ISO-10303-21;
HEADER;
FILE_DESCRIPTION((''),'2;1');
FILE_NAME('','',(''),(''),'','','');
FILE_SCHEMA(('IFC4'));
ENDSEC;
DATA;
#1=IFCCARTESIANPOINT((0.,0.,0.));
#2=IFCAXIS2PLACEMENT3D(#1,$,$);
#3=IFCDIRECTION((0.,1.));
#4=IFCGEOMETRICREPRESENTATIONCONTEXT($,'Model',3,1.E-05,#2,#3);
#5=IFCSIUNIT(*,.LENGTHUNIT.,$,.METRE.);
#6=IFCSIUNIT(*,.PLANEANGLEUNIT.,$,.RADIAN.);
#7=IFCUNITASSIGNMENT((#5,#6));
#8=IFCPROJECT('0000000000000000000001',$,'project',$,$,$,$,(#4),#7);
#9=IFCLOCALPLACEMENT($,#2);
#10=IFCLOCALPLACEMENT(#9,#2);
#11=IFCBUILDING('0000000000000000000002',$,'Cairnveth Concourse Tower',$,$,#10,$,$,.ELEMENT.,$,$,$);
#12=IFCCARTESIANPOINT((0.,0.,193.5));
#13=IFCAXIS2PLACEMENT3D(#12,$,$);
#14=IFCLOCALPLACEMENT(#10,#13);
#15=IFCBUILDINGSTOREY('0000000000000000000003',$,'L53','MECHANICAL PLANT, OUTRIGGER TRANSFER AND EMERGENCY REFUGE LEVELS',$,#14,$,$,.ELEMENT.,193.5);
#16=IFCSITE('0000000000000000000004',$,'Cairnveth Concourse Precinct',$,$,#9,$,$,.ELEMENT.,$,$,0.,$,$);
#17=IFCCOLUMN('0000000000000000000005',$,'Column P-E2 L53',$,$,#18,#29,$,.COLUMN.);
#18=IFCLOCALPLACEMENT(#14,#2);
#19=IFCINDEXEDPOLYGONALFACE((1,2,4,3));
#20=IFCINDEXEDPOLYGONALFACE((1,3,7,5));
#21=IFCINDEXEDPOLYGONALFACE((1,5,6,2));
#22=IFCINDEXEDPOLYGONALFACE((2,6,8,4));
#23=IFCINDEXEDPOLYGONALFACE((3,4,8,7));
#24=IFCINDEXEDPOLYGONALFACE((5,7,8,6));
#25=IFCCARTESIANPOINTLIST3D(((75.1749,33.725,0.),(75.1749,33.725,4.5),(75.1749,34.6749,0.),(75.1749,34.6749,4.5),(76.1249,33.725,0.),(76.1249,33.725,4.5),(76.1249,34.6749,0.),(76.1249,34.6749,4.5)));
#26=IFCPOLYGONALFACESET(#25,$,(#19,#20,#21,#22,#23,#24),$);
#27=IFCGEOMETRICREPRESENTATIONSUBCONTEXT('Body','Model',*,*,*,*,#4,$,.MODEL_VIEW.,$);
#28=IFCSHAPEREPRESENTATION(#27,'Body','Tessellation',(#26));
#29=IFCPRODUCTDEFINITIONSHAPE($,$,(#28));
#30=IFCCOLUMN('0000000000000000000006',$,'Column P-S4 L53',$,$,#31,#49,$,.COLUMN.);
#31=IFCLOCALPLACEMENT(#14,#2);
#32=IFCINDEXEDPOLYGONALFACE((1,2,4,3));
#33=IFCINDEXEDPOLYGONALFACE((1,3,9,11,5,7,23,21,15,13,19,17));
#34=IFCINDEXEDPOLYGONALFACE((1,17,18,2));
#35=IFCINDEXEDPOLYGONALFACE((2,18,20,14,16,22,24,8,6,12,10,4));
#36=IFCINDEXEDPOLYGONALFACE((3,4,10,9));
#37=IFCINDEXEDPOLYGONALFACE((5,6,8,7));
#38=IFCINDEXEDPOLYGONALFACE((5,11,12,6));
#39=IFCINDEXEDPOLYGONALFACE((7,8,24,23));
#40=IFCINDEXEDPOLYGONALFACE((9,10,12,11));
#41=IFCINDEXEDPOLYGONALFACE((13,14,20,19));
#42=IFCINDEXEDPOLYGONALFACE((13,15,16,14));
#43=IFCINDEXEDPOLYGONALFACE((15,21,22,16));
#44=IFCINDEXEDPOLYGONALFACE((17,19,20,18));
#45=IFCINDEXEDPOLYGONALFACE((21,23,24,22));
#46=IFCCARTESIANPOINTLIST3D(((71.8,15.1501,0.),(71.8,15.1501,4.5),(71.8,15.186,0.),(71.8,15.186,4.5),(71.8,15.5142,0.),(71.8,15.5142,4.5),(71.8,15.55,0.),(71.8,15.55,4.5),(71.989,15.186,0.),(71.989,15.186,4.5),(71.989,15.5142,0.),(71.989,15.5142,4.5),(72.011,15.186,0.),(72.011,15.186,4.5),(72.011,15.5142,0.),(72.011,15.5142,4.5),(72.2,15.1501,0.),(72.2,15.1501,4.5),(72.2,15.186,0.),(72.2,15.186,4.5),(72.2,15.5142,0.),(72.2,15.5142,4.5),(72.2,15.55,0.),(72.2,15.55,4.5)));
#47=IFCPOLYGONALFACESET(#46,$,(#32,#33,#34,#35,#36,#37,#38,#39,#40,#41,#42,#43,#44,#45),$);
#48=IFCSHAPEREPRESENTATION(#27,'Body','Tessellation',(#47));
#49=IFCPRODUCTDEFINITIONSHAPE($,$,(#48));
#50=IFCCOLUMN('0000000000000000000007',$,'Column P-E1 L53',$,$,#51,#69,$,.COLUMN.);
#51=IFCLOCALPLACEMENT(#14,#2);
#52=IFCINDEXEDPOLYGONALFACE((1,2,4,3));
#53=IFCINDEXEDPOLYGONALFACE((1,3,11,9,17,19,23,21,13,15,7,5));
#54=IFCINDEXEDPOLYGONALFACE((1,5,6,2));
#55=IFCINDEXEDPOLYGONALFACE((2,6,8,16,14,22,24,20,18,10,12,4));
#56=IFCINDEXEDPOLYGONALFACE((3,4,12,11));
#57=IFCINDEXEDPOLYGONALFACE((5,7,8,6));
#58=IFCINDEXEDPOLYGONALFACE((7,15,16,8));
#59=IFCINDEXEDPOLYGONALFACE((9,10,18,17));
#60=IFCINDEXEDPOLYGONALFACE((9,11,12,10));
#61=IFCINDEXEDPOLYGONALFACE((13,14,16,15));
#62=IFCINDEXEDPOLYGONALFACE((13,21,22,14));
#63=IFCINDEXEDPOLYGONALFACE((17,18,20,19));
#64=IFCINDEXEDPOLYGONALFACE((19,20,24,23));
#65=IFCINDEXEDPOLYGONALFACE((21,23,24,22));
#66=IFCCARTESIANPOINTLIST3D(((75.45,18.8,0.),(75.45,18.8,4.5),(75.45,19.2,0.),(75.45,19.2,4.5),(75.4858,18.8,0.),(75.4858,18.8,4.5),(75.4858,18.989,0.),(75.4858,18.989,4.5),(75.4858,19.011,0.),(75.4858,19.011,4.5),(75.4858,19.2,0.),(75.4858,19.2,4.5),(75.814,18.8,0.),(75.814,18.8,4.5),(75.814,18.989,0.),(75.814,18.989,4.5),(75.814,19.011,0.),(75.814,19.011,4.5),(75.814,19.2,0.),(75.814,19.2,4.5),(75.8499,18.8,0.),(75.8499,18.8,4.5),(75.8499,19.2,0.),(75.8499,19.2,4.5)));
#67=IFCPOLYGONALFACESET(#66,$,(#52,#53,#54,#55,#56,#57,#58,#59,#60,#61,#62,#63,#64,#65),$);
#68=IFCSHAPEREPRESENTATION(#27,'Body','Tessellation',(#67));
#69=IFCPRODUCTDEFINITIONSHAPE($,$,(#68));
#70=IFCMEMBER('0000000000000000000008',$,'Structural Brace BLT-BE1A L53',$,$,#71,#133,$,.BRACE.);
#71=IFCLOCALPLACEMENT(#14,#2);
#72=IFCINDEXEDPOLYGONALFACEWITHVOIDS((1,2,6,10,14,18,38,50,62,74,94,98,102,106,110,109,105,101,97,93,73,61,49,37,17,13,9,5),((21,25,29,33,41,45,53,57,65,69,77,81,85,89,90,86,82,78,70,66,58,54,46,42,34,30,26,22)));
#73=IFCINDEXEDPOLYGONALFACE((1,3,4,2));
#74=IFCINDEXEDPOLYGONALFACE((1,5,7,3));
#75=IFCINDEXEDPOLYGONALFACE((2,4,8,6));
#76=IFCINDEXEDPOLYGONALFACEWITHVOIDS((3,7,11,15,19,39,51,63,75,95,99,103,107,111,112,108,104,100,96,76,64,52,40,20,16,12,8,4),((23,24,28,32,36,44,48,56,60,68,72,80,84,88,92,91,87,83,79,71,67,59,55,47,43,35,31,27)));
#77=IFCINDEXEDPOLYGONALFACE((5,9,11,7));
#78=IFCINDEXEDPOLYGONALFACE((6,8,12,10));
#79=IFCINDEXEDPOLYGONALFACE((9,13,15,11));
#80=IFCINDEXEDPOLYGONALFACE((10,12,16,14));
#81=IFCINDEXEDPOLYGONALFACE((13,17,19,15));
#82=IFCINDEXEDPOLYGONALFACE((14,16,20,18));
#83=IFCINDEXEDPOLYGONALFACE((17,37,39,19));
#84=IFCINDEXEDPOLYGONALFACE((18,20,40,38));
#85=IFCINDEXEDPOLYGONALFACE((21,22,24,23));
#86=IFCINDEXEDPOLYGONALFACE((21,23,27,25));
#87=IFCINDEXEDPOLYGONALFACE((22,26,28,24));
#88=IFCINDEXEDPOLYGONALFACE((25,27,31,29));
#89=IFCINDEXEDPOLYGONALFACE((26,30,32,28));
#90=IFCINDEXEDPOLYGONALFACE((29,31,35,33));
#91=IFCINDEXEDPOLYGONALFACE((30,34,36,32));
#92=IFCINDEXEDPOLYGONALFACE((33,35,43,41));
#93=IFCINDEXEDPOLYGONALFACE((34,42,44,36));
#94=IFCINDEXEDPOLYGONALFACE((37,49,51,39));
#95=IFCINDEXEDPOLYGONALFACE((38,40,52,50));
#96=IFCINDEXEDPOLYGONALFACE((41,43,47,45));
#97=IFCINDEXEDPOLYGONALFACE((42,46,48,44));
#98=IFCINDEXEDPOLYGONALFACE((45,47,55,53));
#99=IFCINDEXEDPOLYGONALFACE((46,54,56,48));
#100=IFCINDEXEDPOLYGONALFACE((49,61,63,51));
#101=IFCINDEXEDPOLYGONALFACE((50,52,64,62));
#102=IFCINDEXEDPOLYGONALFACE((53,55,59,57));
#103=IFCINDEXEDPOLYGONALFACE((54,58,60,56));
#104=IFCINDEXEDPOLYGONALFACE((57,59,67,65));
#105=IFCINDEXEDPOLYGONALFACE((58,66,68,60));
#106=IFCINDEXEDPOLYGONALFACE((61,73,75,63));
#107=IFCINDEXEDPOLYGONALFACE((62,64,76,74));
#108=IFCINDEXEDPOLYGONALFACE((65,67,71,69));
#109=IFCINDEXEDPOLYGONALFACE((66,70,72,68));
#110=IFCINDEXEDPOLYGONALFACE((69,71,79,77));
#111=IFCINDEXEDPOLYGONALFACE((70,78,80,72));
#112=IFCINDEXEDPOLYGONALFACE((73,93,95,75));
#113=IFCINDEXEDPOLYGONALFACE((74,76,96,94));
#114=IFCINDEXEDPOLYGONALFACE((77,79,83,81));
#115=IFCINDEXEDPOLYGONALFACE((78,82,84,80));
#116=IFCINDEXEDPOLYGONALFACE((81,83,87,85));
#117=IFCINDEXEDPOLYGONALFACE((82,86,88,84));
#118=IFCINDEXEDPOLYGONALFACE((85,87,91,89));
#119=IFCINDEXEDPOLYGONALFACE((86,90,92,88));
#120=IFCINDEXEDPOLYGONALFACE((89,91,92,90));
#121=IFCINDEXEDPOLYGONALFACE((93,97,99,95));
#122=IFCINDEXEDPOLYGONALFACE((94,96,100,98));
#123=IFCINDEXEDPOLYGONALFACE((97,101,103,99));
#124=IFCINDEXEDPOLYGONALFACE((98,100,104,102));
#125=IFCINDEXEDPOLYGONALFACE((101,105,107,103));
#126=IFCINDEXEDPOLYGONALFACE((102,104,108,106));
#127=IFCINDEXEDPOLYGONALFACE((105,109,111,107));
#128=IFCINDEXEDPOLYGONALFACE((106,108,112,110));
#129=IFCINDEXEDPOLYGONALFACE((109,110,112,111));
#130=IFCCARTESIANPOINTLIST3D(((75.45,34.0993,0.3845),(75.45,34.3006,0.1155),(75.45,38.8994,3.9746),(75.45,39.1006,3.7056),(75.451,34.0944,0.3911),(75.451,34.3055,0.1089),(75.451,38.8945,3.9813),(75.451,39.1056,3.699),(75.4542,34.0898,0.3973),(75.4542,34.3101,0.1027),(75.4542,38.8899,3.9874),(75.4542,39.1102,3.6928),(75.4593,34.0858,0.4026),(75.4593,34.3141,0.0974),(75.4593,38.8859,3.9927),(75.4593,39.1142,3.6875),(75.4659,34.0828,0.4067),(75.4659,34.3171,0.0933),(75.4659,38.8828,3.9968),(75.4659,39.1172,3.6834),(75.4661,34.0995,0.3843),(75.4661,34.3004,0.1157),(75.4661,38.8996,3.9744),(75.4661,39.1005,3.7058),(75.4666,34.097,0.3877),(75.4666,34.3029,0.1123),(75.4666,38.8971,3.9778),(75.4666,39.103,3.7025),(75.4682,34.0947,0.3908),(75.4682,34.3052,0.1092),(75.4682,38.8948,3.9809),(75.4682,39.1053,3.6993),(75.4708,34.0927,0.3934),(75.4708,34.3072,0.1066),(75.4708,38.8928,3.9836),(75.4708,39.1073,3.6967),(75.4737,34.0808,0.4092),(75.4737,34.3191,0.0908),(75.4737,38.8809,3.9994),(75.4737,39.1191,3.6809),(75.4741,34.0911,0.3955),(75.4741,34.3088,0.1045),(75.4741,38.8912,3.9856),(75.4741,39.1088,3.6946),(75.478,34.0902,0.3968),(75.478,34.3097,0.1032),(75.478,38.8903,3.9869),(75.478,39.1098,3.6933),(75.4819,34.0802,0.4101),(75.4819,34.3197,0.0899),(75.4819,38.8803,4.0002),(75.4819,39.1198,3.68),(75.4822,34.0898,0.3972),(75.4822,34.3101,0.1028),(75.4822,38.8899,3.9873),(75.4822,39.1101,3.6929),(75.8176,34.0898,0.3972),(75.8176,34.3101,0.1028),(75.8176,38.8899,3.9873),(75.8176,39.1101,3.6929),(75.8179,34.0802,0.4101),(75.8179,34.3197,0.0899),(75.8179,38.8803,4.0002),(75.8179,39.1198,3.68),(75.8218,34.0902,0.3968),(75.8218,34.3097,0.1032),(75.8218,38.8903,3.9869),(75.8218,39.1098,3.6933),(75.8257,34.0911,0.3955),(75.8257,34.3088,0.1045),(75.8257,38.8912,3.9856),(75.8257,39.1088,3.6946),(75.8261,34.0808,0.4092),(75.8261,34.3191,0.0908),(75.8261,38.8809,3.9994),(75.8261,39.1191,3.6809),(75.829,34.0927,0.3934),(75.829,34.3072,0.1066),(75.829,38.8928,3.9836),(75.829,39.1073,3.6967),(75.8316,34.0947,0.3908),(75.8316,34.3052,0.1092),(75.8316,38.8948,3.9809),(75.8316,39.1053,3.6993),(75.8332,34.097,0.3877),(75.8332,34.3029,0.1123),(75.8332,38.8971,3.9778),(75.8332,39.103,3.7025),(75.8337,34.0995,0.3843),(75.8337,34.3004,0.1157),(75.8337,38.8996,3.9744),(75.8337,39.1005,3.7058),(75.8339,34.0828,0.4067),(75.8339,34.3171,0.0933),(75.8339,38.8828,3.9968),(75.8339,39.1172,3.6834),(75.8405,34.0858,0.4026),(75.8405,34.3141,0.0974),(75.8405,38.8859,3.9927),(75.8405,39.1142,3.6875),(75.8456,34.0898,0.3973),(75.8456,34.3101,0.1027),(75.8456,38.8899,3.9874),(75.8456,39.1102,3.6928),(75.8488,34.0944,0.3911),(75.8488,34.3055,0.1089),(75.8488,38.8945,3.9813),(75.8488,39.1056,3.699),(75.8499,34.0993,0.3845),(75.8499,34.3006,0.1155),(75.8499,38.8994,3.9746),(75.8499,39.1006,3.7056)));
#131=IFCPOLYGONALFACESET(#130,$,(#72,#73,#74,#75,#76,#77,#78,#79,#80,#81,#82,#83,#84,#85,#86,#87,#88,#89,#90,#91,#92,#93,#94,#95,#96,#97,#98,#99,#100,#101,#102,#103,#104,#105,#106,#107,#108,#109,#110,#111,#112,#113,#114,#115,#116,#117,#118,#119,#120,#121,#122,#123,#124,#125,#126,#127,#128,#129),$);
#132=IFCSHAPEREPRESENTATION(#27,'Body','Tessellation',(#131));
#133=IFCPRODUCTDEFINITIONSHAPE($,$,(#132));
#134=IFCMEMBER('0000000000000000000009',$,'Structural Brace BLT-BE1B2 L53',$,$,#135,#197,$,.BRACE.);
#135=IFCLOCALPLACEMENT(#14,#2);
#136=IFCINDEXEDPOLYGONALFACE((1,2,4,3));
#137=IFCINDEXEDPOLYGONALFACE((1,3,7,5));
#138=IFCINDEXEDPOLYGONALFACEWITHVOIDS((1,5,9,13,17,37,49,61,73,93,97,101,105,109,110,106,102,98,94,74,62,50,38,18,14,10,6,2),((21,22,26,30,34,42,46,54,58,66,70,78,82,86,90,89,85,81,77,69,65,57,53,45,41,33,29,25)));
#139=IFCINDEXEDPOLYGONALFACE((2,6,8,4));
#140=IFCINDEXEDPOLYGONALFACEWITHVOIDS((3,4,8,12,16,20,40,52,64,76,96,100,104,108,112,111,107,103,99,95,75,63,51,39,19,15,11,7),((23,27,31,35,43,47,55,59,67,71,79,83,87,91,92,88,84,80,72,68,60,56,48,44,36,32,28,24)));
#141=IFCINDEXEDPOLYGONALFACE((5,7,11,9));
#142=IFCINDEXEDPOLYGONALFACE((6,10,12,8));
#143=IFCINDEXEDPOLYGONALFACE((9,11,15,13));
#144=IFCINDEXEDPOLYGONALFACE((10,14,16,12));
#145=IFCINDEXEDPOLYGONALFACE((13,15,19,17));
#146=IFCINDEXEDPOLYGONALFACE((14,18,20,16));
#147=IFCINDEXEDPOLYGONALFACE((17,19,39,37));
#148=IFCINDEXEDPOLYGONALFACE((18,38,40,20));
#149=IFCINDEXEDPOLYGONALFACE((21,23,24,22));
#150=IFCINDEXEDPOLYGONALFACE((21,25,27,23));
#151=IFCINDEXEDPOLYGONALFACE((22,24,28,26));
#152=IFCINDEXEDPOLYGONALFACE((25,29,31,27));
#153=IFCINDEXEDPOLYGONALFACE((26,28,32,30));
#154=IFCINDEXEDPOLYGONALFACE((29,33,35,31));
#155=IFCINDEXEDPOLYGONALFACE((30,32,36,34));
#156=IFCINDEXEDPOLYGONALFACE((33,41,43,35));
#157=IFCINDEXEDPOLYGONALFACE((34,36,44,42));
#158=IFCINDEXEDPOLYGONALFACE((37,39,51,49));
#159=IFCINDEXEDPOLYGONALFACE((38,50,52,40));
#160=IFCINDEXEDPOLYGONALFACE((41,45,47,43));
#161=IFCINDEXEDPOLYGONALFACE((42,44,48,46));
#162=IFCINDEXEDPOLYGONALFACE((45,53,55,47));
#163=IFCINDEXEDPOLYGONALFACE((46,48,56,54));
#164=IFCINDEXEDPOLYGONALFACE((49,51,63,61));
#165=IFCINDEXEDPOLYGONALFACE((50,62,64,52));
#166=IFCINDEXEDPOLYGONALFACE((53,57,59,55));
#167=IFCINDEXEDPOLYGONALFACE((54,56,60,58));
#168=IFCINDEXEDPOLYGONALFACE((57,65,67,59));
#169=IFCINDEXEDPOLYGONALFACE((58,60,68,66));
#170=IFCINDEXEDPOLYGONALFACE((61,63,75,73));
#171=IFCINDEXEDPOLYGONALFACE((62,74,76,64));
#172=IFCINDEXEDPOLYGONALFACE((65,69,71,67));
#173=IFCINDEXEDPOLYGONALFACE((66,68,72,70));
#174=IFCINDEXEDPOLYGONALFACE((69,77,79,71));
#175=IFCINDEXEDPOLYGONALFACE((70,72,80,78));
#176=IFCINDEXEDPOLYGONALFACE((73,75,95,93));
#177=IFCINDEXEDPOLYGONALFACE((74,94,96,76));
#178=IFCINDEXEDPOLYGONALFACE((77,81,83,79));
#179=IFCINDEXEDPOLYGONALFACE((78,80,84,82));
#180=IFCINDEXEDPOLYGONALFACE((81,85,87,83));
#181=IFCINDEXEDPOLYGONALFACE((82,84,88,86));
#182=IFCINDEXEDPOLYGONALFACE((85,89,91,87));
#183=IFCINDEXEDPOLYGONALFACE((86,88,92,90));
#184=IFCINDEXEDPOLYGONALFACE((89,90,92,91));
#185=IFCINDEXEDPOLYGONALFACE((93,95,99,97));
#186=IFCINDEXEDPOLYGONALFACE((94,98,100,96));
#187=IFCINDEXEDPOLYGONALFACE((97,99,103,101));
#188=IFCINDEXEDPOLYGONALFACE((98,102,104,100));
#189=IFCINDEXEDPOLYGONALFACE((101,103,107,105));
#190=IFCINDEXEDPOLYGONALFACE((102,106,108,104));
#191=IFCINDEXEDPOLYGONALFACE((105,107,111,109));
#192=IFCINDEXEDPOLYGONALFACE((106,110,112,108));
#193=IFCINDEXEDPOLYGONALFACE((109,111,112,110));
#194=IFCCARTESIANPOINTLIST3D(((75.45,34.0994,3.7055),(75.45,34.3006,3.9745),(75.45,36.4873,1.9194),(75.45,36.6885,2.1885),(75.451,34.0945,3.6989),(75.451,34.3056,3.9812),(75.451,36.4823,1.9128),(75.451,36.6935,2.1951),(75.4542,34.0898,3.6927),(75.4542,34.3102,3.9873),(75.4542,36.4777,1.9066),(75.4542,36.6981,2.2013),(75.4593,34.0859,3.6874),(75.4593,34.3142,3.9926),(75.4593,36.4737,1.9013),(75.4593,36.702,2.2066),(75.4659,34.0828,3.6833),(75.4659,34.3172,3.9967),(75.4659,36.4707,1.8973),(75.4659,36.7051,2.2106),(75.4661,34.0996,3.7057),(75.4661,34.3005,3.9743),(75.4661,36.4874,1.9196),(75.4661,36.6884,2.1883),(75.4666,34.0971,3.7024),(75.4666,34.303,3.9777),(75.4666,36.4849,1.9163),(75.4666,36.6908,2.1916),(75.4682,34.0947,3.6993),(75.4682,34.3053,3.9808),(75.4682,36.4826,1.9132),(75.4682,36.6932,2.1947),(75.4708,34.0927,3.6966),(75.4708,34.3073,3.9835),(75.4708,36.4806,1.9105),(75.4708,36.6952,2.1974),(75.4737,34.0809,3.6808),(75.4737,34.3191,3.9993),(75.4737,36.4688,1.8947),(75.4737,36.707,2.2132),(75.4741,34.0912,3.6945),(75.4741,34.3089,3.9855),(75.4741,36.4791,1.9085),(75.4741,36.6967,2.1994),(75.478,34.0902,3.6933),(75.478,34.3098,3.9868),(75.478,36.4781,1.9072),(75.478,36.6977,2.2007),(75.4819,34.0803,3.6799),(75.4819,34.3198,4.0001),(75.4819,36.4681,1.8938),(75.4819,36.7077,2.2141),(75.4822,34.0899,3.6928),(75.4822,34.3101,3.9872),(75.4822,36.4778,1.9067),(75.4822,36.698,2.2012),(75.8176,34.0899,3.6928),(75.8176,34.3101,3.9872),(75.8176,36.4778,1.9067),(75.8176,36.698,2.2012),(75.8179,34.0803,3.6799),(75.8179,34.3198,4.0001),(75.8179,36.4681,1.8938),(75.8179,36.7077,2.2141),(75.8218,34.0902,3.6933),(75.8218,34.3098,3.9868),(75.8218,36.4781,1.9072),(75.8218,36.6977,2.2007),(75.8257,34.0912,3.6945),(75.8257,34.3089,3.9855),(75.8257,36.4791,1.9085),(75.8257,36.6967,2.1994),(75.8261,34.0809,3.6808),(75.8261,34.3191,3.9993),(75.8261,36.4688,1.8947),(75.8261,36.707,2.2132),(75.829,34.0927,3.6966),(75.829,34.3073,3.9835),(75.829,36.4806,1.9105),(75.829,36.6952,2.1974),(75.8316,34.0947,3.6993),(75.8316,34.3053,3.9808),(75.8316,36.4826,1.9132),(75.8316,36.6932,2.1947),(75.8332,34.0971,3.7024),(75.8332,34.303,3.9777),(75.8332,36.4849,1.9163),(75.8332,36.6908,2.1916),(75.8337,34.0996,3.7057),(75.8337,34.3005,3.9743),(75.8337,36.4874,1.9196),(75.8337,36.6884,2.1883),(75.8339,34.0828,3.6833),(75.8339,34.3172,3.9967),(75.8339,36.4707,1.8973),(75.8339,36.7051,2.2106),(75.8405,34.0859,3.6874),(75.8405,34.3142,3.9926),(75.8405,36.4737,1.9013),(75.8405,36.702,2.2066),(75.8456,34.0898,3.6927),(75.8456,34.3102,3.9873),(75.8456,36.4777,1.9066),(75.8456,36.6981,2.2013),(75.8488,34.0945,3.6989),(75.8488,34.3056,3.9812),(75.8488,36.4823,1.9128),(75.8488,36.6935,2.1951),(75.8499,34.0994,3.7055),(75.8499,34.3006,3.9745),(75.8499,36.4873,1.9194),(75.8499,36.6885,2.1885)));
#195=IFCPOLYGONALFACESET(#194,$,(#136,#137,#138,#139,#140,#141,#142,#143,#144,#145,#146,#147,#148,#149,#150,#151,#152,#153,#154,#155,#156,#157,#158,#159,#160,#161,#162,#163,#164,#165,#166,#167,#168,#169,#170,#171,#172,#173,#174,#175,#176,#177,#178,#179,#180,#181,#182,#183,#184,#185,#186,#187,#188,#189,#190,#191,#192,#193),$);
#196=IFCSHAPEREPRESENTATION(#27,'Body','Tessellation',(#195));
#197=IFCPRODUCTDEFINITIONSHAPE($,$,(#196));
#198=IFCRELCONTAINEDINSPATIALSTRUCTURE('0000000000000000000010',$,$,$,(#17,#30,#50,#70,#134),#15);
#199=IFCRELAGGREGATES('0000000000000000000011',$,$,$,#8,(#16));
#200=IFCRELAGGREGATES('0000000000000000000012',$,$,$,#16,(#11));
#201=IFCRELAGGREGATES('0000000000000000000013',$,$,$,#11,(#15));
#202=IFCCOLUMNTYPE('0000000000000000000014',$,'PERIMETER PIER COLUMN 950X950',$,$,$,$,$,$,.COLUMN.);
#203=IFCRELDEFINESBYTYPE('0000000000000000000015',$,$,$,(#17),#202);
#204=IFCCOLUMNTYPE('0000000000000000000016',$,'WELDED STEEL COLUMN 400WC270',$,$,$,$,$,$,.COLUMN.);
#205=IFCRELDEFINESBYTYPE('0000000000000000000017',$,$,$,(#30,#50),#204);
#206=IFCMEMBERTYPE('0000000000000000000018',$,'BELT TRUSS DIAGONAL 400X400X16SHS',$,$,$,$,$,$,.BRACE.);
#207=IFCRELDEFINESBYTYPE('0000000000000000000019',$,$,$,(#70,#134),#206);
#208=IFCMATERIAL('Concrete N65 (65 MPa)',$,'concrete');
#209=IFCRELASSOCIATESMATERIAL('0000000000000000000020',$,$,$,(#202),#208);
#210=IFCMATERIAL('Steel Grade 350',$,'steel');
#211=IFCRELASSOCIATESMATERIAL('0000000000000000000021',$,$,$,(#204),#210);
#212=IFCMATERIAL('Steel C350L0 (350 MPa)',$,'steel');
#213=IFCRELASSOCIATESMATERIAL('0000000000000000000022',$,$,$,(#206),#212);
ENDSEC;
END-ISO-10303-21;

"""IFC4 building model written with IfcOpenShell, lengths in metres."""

from ifc_helpers import new_model, si_unit, direction, frame, origin, origin_2d, place, context, subcontext, project, spatial, rectangle, hollow_rectangle, i_section, extrude, material, material_profile, profile_set, type_object, element, save


model = new_model("IFC4")

# Units and contexts
model_context = context("Model", 3, precision=1e-05, world=origin(), true_north=direction((0.0, 1.0)))
body_context = subcontext(model_context, "Body", "Model", "MODEL_VIEW")
ifc_project = project(units=[si_unit("LENGTHUNIT", "METRE"), si_unit("PLANEANGLEUNIT", "RADIAN")], contexts=[model_context])

# Site, building, storey
site_placement = place(None, origin())
site = spatial("IfcSite", under=ifc_project, at=site_placement, Name="Cairnveth Concourse Precinct", CompositionType="ELEMENT", RefElevation=0.0)
building_placement = place(site_placement, origin())
building = spatial("IfcBuilding", under=site, at=building_placement, Name="Cairnveth Concourse Tower", CompositionType="ELEMENT")
storey_placement = place(building_placement, frame((0.0, 0.0, 193.5)))
storey = spatial("IfcBuildingStorey", under=building, at=storey_placement, Name="L53", Description="MECHANICAL PLANT, OUTRIGGER TRANSFER AND EMERGENCY REFUGE LEVELS", CompositionType="ELEMENT", Elevation=193.5)

# Columns
ifc_material_1 = material(Name="Concrete N65 (65 MPa)", Category="concrete")
ifc_material_profile_1 = material_profile(ifc_material_1, rectangle(XDim=0.95, YDim=0.95, at=origin_2d()), Name="RC-COL-950x950")
ifc_profile_set_1 = profile_set([ifc_material_profile_1], Name="Concrete N65 (65 MPa)")
column_type_1 = type_object("IfcColumnType", Name="PERIMETER PIER COLUMN 950X950", PredefinedType="COLUMN", material=ifc_profile_set_1)
column_placement = place(storey_placement, frame((75.6499, 34.2, 0.0), z_axis=(0.0, 0.0, 1.0), x_axis=(0.0, 1.0, 0.0)))
element("IfcColumn", 1, at=column_placement, inside=storey, type_object=column_type_1, Name="Column P-E2 L53", PredefinedType="COLUMN", context=body_context, shape_type="SweptSolid", body=[
    extrude(rectangle(XDim=0.95, YDim=0.95, at=origin_2d()), origin(), (0.0, 0.0, 1.0), 4.5),
])
ifc_material_2 = material(Name="Steel Grade 350", Category="steel")
ifc_material_profile_2 = material_profile(ifc_material_2, i_section(OverallWidth=0.3999, OverallDepth=0.3999, WebThickness=0.022, FlangeThickness=0.0359, at=origin_2d()), Name="400WC270")
ifc_profile_set_2 = profile_set([ifc_material_profile_2], Name="Steel Grade 350")
column_type_2 = type_object("IfcColumnType", Name="WELDED STEEL COLUMN 400WC270", PredefinedType="COLUMN", material=ifc_profile_set_2)
for number, where, z_axis, x_axis, name in (
    (2, (72.0, 15.3501, 0.0), (0.0, 0.0, 1.0), (1.0, 0.0, 0.0), "Column P-S4 L53"),
    (3, (75.6499, 19.0, 0.0), (0.0, 0.0, 1.0), (0.0, 1.0, 0.0), "Column P-E1 L53"),
):
    element("IfcColumn", number, at=place(storey_placement, frame(where, z_axis=z_axis, x_axis=x_axis)), inside=storey, type_object=column_type_2, Name=name, PredefinedType="COLUMN", context=body_context, shape_type="SweptSolid", body=[
        extrude(i_section(OverallWidth=0.3999, OverallDepth=0.3999, WebThickness=0.022, FlangeThickness=0.0359, at=origin_2d()), origin(), (0.0, 0.0, 1.0), 4.5),
    ])

# Members
ifc_material_3 = material(Name="Steel C350L0 (350 MPa)", Category="steel")
ifc_material_profile_3 = material_profile(ifc_material_3, hollow_rectangle(XDim=0.3999, YDim=0.3999, WallThickness=0.0161, InnerFilletRadius=0.0161, OuterFilletRadius=0.032, at=origin_2d()), Name="400x400x16.0SHS")
ifc_profile_set_3 = profile_set([ifc_material_profile_3], Name="Steel C350L0 (350 MPa)")
member_type_1 = type_object("IfcMemberType", Name="BELT TRUSS DIAGONAL 400X400X16SHS", PredefinedType="BRACE", material=ifc_profile_set_3)
member_1_placement = place(storey_placement, frame((75.6499, 34.2, 0.25), z_axis=(0.0, 0.800796, 0.598937), x_axis=(-1.0, 0.0, 0.0)))
element("IfcMember", 4, at=member_1_placement, inside=storey, type_object=member_type_1, Name="Structural Brace BLT-BE1A L53", PredefinedType="BRACE", context=body_context, shape_type="SweptSolid", body=[
    extrude(hollow_rectangle(XDim=0.3999, YDim=0.3999, WallThickness=0.0161, InnerFilletRadius=0.0161, OuterFilletRadius=0.032, at=origin_2d()), origin(), (0.0, 0.0, 1.0), 5.9941),
])
member_2_placement = place(storey_placement, frame((75.6499, 36.5879, 2.054), z_axis=(0.0, -0.800775, 0.598965), x_axis=(1.0, 0.0, 0.0)))
element("IfcMember", 5, at=member_2_placement, inside=storey, type_object=member_type_1, Name="Structural Brace BLT-BE1B2 L53", PredefinedType="BRACE", context=body_context, shape_type="SweptSolid", body=[
    extrude(hollow_rectangle(XDim=0.3999, YDim=0.3999, WallThickness=0.0161, InnerFilletRadius=0.0161, OuterFilletRadius=0.032, at=origin_2d()), origin(), (0.0, 0.0, 1.0), 2.9819),
])

save(model, "model.ifc")
